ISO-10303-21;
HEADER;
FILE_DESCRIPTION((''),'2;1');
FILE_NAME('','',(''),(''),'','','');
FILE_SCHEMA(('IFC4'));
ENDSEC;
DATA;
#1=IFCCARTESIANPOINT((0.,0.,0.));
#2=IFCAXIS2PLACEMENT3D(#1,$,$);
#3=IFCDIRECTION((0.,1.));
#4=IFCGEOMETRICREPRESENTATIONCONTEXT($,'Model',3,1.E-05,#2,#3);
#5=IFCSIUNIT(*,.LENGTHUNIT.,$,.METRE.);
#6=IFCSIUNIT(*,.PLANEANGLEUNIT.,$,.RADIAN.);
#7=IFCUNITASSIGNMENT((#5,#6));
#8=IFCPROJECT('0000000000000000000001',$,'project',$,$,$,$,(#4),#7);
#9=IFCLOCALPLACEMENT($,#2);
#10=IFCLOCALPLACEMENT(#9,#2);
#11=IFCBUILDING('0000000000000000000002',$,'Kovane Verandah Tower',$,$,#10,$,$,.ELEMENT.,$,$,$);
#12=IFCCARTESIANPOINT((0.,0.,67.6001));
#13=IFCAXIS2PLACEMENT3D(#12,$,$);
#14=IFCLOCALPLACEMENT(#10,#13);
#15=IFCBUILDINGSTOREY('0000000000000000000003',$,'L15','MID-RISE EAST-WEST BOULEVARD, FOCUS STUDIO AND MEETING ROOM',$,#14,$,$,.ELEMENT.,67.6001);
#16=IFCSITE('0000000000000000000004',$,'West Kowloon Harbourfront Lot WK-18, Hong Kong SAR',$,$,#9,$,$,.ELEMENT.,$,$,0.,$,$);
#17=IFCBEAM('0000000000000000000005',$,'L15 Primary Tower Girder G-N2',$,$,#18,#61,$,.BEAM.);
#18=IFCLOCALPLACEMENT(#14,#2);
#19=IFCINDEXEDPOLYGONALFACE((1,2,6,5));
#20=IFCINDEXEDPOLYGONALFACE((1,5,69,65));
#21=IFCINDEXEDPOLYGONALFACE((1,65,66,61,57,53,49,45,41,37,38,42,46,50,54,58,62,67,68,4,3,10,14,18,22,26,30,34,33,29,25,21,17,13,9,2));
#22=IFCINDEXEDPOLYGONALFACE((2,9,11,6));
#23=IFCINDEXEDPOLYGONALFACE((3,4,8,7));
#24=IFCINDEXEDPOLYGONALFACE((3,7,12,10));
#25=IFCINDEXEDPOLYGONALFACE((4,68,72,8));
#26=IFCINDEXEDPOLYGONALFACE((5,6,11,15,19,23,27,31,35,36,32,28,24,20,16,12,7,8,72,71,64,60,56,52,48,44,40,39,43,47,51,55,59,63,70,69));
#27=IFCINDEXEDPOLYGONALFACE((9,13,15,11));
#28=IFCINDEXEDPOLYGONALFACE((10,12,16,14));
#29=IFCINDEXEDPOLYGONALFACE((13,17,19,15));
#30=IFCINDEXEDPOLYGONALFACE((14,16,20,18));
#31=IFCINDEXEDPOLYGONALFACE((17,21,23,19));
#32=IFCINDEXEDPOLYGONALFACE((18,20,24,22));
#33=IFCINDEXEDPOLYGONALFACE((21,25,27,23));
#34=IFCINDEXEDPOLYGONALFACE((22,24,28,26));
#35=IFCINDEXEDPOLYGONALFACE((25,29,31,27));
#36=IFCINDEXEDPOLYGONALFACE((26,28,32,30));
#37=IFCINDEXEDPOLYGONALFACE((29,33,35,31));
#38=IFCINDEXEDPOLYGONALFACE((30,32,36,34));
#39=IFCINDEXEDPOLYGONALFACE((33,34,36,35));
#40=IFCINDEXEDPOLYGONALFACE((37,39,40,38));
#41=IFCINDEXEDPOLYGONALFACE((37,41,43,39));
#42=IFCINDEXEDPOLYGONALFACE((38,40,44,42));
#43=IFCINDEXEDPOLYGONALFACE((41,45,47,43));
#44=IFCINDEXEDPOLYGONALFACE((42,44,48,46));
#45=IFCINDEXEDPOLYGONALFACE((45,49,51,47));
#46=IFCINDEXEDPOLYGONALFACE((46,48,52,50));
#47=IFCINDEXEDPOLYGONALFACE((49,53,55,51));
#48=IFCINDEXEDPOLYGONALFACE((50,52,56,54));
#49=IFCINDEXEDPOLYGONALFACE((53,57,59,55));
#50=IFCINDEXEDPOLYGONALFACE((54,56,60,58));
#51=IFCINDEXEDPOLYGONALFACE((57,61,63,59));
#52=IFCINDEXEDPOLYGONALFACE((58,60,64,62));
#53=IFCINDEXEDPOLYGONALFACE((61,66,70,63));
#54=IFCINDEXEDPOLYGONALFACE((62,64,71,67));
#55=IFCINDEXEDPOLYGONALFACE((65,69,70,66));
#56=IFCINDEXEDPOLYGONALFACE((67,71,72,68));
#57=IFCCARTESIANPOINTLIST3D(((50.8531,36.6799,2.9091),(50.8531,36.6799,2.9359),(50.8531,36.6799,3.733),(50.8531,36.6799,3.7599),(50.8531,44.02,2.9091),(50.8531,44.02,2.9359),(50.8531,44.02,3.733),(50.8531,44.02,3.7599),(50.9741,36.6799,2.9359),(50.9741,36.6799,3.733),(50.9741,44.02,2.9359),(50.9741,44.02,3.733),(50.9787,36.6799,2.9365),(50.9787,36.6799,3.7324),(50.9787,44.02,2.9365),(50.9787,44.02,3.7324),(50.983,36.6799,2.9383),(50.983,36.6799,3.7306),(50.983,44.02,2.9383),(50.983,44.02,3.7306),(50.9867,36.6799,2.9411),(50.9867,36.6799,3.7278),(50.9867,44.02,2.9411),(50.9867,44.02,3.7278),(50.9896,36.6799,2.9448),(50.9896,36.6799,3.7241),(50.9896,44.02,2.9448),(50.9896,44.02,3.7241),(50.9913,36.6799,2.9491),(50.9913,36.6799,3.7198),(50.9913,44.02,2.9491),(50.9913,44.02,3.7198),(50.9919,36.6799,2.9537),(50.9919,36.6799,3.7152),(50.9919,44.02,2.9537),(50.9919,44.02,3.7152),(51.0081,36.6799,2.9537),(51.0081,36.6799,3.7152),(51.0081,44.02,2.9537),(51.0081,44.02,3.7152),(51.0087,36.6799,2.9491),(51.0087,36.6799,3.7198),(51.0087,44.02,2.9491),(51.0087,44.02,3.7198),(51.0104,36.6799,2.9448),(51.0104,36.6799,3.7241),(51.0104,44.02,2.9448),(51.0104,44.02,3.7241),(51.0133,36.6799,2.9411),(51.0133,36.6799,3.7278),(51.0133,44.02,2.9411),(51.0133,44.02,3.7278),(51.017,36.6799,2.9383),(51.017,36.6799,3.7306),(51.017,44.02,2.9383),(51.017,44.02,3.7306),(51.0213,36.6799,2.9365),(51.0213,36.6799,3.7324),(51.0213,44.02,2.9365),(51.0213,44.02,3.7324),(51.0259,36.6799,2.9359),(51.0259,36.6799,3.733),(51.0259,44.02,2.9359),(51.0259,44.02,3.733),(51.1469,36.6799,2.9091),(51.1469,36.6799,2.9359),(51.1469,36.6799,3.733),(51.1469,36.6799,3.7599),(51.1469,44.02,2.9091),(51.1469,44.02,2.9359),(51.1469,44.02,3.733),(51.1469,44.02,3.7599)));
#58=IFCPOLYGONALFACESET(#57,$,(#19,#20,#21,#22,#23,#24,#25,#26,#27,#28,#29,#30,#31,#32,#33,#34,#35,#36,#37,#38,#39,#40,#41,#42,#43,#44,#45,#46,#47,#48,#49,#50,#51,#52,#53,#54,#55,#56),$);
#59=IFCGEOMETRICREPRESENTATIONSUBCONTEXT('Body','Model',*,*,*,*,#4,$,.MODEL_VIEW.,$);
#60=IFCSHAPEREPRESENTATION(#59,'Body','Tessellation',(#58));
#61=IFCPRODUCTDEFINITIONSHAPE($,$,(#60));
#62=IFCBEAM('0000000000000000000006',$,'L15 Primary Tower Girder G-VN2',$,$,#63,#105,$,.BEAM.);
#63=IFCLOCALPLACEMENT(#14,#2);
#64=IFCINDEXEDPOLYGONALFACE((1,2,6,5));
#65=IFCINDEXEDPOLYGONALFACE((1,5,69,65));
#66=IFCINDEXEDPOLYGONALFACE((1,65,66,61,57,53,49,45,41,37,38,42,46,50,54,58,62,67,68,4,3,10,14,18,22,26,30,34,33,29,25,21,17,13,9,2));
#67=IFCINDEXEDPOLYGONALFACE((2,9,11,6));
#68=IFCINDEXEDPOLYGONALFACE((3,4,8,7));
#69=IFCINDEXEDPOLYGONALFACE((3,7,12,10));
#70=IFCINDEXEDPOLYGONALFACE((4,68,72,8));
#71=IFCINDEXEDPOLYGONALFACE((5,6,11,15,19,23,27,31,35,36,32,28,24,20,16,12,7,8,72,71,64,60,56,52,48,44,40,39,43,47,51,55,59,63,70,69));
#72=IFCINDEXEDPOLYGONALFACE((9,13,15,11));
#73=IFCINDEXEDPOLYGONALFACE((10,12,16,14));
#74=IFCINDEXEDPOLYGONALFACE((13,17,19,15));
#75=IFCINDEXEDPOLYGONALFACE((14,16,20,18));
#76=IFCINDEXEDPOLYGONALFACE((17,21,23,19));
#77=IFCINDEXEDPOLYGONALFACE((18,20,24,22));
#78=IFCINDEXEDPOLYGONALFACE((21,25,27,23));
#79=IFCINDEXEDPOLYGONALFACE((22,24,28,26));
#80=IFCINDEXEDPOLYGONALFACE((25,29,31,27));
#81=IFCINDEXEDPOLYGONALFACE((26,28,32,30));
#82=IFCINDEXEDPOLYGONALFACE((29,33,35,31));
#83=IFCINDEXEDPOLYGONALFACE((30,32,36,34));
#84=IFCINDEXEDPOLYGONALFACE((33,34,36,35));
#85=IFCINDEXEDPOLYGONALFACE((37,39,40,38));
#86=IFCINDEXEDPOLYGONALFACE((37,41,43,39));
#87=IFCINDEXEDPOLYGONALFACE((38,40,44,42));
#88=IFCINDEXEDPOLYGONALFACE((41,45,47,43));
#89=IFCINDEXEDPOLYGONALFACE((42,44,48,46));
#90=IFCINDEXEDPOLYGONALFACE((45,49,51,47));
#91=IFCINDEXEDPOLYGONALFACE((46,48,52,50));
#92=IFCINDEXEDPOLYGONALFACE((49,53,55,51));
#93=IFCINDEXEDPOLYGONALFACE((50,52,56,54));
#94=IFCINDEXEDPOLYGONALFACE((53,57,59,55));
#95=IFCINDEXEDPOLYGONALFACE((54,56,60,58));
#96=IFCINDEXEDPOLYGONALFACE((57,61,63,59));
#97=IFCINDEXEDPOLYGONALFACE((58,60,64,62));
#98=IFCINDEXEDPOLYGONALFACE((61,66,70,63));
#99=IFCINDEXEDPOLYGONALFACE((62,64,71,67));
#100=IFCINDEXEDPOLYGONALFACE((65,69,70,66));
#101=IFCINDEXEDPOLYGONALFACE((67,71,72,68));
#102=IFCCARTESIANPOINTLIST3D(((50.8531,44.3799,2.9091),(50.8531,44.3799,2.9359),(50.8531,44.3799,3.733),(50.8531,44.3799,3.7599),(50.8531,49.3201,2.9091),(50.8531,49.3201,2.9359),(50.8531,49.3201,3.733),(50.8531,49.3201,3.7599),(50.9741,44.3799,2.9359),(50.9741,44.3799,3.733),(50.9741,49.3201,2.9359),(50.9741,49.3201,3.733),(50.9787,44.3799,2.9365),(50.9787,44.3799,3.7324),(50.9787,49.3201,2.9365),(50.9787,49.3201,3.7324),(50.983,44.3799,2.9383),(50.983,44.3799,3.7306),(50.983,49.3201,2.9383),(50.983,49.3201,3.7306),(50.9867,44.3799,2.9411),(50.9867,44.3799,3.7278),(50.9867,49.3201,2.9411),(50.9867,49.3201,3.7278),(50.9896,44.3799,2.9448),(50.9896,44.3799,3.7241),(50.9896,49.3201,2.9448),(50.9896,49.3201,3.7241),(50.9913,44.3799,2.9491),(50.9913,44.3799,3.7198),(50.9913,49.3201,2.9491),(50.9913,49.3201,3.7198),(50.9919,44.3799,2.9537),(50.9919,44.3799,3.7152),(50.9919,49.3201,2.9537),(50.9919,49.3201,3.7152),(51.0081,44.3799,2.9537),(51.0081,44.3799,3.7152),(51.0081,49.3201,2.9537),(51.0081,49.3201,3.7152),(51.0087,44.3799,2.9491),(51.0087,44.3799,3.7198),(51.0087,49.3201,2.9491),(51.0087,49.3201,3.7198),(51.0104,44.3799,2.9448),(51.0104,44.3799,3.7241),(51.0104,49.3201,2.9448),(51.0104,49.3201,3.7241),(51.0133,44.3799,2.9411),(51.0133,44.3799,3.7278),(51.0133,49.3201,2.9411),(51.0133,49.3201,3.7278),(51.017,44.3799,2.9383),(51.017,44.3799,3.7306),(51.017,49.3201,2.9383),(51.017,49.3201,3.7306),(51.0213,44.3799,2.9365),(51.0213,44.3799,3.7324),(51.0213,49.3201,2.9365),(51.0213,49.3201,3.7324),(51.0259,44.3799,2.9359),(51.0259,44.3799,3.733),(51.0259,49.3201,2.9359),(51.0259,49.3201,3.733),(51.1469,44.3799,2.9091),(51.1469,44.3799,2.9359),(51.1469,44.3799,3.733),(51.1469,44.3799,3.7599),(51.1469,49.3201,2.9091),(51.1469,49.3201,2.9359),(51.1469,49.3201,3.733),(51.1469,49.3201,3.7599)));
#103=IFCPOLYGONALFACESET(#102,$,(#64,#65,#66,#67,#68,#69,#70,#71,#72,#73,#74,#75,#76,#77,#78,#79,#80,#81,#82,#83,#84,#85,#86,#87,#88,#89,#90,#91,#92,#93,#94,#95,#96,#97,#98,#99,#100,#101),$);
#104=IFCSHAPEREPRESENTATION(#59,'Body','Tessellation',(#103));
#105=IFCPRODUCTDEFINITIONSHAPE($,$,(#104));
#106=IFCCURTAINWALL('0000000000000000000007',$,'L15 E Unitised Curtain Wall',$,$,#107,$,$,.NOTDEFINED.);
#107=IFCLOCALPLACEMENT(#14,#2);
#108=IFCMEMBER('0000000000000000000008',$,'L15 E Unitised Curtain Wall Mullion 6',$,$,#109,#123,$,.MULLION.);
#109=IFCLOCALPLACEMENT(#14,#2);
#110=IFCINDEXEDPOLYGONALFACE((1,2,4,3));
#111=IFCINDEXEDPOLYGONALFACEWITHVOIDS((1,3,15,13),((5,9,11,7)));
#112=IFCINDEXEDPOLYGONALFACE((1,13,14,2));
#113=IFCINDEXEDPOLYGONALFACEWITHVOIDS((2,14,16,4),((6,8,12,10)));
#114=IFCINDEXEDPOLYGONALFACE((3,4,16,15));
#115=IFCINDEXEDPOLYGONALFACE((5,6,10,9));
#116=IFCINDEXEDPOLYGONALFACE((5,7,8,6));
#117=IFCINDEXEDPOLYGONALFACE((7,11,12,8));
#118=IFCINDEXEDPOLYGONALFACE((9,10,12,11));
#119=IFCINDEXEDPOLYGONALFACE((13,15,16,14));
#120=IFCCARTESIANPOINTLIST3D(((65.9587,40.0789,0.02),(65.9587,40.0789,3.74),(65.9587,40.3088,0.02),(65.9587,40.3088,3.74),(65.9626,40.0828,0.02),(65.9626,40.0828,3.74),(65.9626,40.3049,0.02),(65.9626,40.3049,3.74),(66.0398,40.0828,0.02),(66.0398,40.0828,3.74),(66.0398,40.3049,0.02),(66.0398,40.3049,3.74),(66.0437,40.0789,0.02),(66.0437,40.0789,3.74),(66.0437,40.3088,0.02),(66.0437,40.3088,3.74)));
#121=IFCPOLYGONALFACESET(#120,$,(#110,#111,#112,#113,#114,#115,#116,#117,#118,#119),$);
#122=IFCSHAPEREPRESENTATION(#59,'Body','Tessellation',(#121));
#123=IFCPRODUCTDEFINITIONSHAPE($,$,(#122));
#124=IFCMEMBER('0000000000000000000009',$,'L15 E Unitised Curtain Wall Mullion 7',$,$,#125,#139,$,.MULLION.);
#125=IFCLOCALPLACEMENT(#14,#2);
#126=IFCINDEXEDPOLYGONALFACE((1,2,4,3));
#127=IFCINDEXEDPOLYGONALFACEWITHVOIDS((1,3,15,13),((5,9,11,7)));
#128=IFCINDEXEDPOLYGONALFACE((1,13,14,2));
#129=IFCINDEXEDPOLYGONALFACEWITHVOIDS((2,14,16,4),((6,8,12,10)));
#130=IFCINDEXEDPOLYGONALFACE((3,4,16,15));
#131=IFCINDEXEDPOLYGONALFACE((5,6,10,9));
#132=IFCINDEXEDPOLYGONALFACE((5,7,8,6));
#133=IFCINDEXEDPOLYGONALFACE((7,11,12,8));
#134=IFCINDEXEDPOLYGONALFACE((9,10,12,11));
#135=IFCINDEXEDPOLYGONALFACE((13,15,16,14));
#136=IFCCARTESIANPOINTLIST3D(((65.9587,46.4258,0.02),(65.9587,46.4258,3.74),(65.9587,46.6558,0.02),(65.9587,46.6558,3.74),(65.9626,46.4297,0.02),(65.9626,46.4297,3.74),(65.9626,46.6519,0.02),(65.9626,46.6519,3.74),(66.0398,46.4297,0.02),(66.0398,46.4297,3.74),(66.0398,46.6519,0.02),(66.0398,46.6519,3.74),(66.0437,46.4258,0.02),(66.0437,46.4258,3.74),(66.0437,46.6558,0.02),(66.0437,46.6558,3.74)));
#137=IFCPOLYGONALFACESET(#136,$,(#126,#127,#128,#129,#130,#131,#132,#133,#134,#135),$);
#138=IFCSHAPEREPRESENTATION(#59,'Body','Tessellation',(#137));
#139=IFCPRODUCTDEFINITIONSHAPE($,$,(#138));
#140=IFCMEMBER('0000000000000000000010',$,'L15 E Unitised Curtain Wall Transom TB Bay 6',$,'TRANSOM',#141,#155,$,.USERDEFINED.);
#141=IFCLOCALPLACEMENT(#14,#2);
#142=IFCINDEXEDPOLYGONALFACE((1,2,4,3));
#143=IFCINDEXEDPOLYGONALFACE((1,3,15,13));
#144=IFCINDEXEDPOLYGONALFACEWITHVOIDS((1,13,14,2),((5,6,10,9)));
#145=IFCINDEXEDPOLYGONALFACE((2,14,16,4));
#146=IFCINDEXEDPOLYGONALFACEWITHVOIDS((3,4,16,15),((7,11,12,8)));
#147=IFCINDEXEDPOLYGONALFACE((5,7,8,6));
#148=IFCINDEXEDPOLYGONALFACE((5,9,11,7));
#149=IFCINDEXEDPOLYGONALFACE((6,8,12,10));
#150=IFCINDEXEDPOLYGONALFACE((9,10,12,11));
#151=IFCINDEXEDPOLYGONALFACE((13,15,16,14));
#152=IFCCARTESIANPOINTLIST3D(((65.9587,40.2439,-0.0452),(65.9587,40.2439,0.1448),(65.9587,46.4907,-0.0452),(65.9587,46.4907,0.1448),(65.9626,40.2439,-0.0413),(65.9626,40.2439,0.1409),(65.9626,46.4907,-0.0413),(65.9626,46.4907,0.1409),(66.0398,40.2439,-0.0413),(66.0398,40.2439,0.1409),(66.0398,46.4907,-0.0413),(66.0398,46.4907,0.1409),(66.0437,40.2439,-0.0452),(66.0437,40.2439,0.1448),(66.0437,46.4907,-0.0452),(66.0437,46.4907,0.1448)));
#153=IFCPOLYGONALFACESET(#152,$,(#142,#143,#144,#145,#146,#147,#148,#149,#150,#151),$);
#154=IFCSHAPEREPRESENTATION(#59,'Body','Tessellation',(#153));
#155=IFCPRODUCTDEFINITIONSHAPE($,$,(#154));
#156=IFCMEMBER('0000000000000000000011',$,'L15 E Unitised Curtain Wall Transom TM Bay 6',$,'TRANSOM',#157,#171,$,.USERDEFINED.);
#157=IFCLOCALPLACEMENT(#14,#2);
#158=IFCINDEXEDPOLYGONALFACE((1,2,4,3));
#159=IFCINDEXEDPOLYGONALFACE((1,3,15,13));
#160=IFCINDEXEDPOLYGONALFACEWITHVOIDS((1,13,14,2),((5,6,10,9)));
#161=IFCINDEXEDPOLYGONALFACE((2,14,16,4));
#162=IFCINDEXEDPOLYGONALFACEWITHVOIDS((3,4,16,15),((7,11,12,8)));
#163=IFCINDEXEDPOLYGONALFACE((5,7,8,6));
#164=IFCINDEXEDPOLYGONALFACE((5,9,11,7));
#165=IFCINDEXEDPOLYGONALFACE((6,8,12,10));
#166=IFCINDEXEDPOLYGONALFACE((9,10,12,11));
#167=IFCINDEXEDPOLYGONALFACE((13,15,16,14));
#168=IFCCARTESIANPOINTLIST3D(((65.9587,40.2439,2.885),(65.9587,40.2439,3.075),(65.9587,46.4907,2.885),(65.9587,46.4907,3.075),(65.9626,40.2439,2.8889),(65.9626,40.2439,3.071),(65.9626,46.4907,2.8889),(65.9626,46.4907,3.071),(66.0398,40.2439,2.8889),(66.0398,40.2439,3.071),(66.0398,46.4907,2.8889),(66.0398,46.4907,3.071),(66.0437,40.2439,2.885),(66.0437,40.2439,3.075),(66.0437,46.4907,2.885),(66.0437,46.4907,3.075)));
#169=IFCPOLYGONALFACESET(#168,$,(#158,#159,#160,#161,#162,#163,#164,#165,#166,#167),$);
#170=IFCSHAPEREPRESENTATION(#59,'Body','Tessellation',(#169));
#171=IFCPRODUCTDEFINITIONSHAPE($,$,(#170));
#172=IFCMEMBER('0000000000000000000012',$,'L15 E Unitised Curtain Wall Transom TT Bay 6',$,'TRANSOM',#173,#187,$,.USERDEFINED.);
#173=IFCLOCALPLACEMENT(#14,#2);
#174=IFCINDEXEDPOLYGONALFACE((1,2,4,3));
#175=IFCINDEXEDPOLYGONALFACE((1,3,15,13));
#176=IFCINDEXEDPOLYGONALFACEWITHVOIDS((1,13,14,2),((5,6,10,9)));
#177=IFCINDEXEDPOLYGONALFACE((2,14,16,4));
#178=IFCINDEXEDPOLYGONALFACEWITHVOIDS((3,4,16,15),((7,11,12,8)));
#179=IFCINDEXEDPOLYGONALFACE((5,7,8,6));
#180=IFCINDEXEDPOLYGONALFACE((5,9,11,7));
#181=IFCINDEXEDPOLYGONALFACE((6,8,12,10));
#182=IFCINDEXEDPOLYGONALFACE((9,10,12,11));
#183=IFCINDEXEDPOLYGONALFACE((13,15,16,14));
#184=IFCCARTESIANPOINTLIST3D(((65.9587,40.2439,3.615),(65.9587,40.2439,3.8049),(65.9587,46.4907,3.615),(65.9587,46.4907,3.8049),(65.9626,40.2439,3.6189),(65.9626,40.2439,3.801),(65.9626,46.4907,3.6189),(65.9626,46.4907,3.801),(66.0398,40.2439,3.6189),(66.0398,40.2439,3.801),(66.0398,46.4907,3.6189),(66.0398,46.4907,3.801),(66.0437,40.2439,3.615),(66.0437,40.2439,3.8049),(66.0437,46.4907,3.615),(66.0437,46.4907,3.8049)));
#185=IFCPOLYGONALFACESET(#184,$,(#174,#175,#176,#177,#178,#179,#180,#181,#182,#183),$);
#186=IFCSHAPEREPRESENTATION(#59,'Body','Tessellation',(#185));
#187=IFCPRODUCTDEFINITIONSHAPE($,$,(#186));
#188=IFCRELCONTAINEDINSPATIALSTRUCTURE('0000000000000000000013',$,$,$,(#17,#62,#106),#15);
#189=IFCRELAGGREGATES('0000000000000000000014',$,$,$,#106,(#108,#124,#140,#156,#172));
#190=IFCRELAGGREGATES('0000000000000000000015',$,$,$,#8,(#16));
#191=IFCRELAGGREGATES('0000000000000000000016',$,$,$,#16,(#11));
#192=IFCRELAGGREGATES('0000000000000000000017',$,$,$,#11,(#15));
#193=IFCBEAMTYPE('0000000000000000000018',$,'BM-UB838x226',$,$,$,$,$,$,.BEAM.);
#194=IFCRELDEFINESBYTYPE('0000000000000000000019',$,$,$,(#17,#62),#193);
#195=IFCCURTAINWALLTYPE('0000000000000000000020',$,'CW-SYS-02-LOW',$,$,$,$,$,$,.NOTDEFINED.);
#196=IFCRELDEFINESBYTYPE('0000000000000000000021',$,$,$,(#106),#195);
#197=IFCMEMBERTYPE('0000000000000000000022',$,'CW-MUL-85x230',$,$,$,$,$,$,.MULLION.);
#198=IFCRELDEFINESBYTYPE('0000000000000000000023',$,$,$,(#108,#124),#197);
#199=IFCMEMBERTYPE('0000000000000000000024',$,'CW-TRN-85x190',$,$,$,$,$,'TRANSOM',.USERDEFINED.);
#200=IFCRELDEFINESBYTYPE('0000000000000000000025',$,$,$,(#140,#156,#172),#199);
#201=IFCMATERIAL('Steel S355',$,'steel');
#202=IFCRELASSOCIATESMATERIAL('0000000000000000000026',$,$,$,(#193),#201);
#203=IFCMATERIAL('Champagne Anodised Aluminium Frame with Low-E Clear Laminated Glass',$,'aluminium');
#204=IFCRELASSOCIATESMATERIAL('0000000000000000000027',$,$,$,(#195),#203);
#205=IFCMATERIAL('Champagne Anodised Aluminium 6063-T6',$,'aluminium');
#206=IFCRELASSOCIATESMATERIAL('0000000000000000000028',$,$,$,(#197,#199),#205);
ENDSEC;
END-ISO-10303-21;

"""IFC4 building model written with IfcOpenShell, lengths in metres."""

from ifc_helpers import new_model, si_unit, direction, frame, origin, origin_2d, place, context, subcontext, project, spatial, hollow_rectangle, i_section, extrude, material, material_profile, profile_set, type_object, element, aggregate, save


model = new_model("IFC4")

# Units and contexts
model_context = context("Model", 3, precision=1e-05, world=origin(), true_north=direction((0.0, 1.0)))
body_context = subcontext(model_context, "Body", "Model", "MODEL_VIEW")
ifc_project = project(units=[si_unit("LENGTHUNIT", "METRE"), si_unit("PLANEANGLEUNIT", "RADIAN")], contexts=[model_context])

# Site, building, storey
site_placement = place(None, origin())
site = spatial("IfcSite", under=ifc_project, at=site_placement, Name="West Kowloon Harbourfront Lot WK-18, Hong Kong SAR", CompositionType="ELEMENT", RefElevation=0.0)
building_placement = place(site_placement, origin())
building = spatial("IfcBuilding", under=site, at=building_placement, Name="Kovane Verandah Tower", CompositionType="ELEMENT")
storey_placement = place(building_placement, frame((0.0, 0.0, 67.6001)))
storey = spatial("IfcBuildingStorey", under=building, at=storey_placement, Name="L15", Description="MID-RISE EAST-WEST BOULEVARD, FOCUS STUDIO AND MEETING ROOM", CompositionType="ELEMENT", Elevation=67.6001)

# Beams
ifc_material_1 = material(Name="Steel S355", Category="steel")
ifc_material_profile_1 = material_profile(ifc_material_1, i_section(OverallWidth=0.2937, OverallDepth=0.8508, WebThickness=0.0161, FlangeThickness=0.0269, FilletRadius=0.0178, at=origin_2d()), Name="UB838x292x226")
ifc_profile_set_1 = profile_set([ifc_material_profile_1], Name="Steel S355")
beam_type_1 = type_object("IfcBeamType", Name="BM-UB838x226", PredefinedType="BEAM", material=ifc_profile_set_1)
for number, where, z_axis, x_axis, name in (
    (1, (51.0, 36.6799, 3.3345), (0.0, 1.0, 0.0), (-1.0, 0.0, 0.0), "L15 Primary Tower Girder G-N2"),
):
    element("IfcBeam", number, at=place(storey_placement, frame(where, z_axis=z_axis, x_axis=x_axis)), inside=storey, type_object=beam_type_1, Name=name, PredefinedType="BEAM", context=body_context, shape_type="SweptSolid", body=[
        extrude(i_section(OverallWidth=0.2937, OverallDepth=0.8508, WebThickness=0.0161, FlangeThickness=0.0269, FilletRadius=0.0178, at=origin_2d()), origin(), (0.0, 0.0, 1.0), 7.3401),
    ])
beam_1_placement = place(storey_placement, frame((51.0, 44.3799, 3.3345), z_axis=(0.0, 1.0, 0.0), x_axis=(-1.0, 0.0, 0.0)))
element("IfcBeam", 2, at=beam_1_placement, inside=storey, type_object=beam_type_1, Name="L15 Primary Tower Girder G-VN2", PredefinedType="BEAM", context=body_context, shape_type="SweptSolid", body=[
    extrude(i_section(OverallWidth=0.2937, OverallDepth=0.8508, WebThickness=0.0161, FlangeThickness=0.0269, FilletRadius=0.0178, at=origin_2d()), origin(), (0.0, 0.0, 1.0), 4.9402),
])

# Curtain wall, members
ifc_material_2 = material(Name="Champagne Anodised Aluminium Frame with Low-E Clear Laminated Glass", Category="aluminium")
curtain_wall_type = type_object("IfcCurtainWallType", Name="CW-SYS-02-LOW", PredefinedType="NOTDEFINED", material=ifc_material_2)
curtain_wall_placement = place(storey_placement, origin())
curtain_wall = element("IfcCurtainWall", 3, at=curtain_wall_placement, inside=storey, type_object=curtain_wall_type, Name="L15 E Unitised Curtain Wall", PredefinedType="NOTDEFINED")
ifc_material_3 = material(Name="Champagne Anodised Aluminium 6063-T6", Category="aluminium")
ifc_material_profile_2 = material_profile(ifc_material_3, hollow_rectangle(XDim=0.085, YDim=0.23, WallThickness=0.0039, at=origin_2d()), Name="AL85x230x4")
ifc_profile_set_2 = profile_set([ifc_material_profile_2], Name="Champagne Anodised Aluminium 6063-T6")
member_type_1 = type_object("IfcMemberType", Name="CW-MUL-85x230", PredefinedType="MULLION", material=ifc_profile_set_2)
member_1_placement = place(storey_placement, frame((66.0012, 40.1938, 0.02), z_axis=(0.0, 0.0, 1.0), x_axis=(1.0, 0.0, 0.0)))
member_1 = element("IfcMember", 4, at=member_1_placement, type_object=member_type_1, Name="L15 E Unitised Curtain Wall Mullion 6", PredefinedType="MULLION", context=body_context, shape_type="SweptSolid", body=[
    extrude(hollow_rectangle(XDim=0.085, YDim=0.23, WallThickness=0.0039, at=origin_2d()), origin(), (0.0, 0.0, 1.0), 3.72),
])
member_2_placement = place(storey_placement, frame((66.0012, 46.5408, 0.02), z_axis=(0.0, 0.0, 1.0), x_axis=(1.0, 0.0, 0.0)))
member_2 = element("IfcMember", 5, at=member_2_placement, type_object=member_type_1, Name="L15 E Unitised Curtain Wall Mullion 7", PredefinedType="MULLION", context=body_context, shape_type="SweptSolid", body=[
    extrude(hollow_rectangle(XDim=0.085, YDim=0.23, WallThickness=0.0039, at=origin_2d()), origin(), (0.0, 0.0, 1.0), 3.72),
])
ifc_material_profile_3 = material_profile(ifc_material_3, hollow_rectangle(XDim=0.085, YDim=0.1899, WallThickness=0.0039, at=origin_2d()), Name="AL85x190x4")
ifc_profile_set_3 = profile_set([ifc_material_profile_3], Name="Champagne Anodised Aluminium 6063-T6")
member_type_2 = type_object("IfcMemberType", Name="CW-TRN-85x190", ElementType="TRANSOM", PredefinedType="USERDEFINED", material=ifc_profile_set_3)
member_3_placement = place(storey_placement, frame((66.0012, 40.2439, 0.0498), z_axis=(0.0, 1.0, 0.0), x_axis=(-1.0, 0.0, 0.0)))
member_3 = element("IfcMember", 6, at=member_3_placement, type_object=member_type_2, Name="L15 E Unitised Curtain Wall Transom TB Bay 6", ObjectType="TRANSOM", PredefinedType="USERDEFINED", context=body_context, shape_type="SweptSolid", body=[
    extrude(hollow_rectangle(XDim=0.085, YDim=0.1899, WallThickness=0.0039, at=origin_2d()), origin(), (0.0, 0.0, 1.0), 6.2468),
])
member_4_placement = place(storey_placement, frame((66.0012, 40.2439, 2.98), z_axis=(0.0, 1.0, 0.0), x_axis=(-1.0, 0.0, 0.0)))
member_4 = element("IfcMember", 7, at=member_4_placement, type_object=member_type_2, Name="L15 E Unitised Curtain Wall Transom TM Bay 6", ObjectType="TRANSOM", PredefinedType="USERDEFINED", context=body_context, shape_type="SweptSolid", body=[
    extrude(hollow_rectangle(XDim=0.085, YDim=0.1899, WallThickness=0.0039, at=origin_2d()), origin(), (0.0, 0.0, 1.0), 6.2468),
])
member_5_placement = place(storey_placement, frame((66.0012, 40.2439, 3.71), z_axis=(0.0, 1.0, 0.0), x_axis=(-1.0, 0.0, 0.0)))
member_5 = element("IfcMember", 8, at=member_5_placement, type_object=member_type_2, Name="L15 E Unitised Curtain Wall Transom TT Bay 6", ObjectType="TRANSOM", PredefinedType="USERDEFINED", context=body_context, shape_type="SweptSolid", body=[
    extrude(hollow_rectangle(XDim=0.085, YDim=0.1899, WallThickness=0.0039, at=origin_2d()), origin(), (0.0, 0.0, 1.0), 6.2468),
])

aggregate(curtain_wall, [member_1, member_2, member_3, member_4, member_5])

save(model, "model.ifc")
